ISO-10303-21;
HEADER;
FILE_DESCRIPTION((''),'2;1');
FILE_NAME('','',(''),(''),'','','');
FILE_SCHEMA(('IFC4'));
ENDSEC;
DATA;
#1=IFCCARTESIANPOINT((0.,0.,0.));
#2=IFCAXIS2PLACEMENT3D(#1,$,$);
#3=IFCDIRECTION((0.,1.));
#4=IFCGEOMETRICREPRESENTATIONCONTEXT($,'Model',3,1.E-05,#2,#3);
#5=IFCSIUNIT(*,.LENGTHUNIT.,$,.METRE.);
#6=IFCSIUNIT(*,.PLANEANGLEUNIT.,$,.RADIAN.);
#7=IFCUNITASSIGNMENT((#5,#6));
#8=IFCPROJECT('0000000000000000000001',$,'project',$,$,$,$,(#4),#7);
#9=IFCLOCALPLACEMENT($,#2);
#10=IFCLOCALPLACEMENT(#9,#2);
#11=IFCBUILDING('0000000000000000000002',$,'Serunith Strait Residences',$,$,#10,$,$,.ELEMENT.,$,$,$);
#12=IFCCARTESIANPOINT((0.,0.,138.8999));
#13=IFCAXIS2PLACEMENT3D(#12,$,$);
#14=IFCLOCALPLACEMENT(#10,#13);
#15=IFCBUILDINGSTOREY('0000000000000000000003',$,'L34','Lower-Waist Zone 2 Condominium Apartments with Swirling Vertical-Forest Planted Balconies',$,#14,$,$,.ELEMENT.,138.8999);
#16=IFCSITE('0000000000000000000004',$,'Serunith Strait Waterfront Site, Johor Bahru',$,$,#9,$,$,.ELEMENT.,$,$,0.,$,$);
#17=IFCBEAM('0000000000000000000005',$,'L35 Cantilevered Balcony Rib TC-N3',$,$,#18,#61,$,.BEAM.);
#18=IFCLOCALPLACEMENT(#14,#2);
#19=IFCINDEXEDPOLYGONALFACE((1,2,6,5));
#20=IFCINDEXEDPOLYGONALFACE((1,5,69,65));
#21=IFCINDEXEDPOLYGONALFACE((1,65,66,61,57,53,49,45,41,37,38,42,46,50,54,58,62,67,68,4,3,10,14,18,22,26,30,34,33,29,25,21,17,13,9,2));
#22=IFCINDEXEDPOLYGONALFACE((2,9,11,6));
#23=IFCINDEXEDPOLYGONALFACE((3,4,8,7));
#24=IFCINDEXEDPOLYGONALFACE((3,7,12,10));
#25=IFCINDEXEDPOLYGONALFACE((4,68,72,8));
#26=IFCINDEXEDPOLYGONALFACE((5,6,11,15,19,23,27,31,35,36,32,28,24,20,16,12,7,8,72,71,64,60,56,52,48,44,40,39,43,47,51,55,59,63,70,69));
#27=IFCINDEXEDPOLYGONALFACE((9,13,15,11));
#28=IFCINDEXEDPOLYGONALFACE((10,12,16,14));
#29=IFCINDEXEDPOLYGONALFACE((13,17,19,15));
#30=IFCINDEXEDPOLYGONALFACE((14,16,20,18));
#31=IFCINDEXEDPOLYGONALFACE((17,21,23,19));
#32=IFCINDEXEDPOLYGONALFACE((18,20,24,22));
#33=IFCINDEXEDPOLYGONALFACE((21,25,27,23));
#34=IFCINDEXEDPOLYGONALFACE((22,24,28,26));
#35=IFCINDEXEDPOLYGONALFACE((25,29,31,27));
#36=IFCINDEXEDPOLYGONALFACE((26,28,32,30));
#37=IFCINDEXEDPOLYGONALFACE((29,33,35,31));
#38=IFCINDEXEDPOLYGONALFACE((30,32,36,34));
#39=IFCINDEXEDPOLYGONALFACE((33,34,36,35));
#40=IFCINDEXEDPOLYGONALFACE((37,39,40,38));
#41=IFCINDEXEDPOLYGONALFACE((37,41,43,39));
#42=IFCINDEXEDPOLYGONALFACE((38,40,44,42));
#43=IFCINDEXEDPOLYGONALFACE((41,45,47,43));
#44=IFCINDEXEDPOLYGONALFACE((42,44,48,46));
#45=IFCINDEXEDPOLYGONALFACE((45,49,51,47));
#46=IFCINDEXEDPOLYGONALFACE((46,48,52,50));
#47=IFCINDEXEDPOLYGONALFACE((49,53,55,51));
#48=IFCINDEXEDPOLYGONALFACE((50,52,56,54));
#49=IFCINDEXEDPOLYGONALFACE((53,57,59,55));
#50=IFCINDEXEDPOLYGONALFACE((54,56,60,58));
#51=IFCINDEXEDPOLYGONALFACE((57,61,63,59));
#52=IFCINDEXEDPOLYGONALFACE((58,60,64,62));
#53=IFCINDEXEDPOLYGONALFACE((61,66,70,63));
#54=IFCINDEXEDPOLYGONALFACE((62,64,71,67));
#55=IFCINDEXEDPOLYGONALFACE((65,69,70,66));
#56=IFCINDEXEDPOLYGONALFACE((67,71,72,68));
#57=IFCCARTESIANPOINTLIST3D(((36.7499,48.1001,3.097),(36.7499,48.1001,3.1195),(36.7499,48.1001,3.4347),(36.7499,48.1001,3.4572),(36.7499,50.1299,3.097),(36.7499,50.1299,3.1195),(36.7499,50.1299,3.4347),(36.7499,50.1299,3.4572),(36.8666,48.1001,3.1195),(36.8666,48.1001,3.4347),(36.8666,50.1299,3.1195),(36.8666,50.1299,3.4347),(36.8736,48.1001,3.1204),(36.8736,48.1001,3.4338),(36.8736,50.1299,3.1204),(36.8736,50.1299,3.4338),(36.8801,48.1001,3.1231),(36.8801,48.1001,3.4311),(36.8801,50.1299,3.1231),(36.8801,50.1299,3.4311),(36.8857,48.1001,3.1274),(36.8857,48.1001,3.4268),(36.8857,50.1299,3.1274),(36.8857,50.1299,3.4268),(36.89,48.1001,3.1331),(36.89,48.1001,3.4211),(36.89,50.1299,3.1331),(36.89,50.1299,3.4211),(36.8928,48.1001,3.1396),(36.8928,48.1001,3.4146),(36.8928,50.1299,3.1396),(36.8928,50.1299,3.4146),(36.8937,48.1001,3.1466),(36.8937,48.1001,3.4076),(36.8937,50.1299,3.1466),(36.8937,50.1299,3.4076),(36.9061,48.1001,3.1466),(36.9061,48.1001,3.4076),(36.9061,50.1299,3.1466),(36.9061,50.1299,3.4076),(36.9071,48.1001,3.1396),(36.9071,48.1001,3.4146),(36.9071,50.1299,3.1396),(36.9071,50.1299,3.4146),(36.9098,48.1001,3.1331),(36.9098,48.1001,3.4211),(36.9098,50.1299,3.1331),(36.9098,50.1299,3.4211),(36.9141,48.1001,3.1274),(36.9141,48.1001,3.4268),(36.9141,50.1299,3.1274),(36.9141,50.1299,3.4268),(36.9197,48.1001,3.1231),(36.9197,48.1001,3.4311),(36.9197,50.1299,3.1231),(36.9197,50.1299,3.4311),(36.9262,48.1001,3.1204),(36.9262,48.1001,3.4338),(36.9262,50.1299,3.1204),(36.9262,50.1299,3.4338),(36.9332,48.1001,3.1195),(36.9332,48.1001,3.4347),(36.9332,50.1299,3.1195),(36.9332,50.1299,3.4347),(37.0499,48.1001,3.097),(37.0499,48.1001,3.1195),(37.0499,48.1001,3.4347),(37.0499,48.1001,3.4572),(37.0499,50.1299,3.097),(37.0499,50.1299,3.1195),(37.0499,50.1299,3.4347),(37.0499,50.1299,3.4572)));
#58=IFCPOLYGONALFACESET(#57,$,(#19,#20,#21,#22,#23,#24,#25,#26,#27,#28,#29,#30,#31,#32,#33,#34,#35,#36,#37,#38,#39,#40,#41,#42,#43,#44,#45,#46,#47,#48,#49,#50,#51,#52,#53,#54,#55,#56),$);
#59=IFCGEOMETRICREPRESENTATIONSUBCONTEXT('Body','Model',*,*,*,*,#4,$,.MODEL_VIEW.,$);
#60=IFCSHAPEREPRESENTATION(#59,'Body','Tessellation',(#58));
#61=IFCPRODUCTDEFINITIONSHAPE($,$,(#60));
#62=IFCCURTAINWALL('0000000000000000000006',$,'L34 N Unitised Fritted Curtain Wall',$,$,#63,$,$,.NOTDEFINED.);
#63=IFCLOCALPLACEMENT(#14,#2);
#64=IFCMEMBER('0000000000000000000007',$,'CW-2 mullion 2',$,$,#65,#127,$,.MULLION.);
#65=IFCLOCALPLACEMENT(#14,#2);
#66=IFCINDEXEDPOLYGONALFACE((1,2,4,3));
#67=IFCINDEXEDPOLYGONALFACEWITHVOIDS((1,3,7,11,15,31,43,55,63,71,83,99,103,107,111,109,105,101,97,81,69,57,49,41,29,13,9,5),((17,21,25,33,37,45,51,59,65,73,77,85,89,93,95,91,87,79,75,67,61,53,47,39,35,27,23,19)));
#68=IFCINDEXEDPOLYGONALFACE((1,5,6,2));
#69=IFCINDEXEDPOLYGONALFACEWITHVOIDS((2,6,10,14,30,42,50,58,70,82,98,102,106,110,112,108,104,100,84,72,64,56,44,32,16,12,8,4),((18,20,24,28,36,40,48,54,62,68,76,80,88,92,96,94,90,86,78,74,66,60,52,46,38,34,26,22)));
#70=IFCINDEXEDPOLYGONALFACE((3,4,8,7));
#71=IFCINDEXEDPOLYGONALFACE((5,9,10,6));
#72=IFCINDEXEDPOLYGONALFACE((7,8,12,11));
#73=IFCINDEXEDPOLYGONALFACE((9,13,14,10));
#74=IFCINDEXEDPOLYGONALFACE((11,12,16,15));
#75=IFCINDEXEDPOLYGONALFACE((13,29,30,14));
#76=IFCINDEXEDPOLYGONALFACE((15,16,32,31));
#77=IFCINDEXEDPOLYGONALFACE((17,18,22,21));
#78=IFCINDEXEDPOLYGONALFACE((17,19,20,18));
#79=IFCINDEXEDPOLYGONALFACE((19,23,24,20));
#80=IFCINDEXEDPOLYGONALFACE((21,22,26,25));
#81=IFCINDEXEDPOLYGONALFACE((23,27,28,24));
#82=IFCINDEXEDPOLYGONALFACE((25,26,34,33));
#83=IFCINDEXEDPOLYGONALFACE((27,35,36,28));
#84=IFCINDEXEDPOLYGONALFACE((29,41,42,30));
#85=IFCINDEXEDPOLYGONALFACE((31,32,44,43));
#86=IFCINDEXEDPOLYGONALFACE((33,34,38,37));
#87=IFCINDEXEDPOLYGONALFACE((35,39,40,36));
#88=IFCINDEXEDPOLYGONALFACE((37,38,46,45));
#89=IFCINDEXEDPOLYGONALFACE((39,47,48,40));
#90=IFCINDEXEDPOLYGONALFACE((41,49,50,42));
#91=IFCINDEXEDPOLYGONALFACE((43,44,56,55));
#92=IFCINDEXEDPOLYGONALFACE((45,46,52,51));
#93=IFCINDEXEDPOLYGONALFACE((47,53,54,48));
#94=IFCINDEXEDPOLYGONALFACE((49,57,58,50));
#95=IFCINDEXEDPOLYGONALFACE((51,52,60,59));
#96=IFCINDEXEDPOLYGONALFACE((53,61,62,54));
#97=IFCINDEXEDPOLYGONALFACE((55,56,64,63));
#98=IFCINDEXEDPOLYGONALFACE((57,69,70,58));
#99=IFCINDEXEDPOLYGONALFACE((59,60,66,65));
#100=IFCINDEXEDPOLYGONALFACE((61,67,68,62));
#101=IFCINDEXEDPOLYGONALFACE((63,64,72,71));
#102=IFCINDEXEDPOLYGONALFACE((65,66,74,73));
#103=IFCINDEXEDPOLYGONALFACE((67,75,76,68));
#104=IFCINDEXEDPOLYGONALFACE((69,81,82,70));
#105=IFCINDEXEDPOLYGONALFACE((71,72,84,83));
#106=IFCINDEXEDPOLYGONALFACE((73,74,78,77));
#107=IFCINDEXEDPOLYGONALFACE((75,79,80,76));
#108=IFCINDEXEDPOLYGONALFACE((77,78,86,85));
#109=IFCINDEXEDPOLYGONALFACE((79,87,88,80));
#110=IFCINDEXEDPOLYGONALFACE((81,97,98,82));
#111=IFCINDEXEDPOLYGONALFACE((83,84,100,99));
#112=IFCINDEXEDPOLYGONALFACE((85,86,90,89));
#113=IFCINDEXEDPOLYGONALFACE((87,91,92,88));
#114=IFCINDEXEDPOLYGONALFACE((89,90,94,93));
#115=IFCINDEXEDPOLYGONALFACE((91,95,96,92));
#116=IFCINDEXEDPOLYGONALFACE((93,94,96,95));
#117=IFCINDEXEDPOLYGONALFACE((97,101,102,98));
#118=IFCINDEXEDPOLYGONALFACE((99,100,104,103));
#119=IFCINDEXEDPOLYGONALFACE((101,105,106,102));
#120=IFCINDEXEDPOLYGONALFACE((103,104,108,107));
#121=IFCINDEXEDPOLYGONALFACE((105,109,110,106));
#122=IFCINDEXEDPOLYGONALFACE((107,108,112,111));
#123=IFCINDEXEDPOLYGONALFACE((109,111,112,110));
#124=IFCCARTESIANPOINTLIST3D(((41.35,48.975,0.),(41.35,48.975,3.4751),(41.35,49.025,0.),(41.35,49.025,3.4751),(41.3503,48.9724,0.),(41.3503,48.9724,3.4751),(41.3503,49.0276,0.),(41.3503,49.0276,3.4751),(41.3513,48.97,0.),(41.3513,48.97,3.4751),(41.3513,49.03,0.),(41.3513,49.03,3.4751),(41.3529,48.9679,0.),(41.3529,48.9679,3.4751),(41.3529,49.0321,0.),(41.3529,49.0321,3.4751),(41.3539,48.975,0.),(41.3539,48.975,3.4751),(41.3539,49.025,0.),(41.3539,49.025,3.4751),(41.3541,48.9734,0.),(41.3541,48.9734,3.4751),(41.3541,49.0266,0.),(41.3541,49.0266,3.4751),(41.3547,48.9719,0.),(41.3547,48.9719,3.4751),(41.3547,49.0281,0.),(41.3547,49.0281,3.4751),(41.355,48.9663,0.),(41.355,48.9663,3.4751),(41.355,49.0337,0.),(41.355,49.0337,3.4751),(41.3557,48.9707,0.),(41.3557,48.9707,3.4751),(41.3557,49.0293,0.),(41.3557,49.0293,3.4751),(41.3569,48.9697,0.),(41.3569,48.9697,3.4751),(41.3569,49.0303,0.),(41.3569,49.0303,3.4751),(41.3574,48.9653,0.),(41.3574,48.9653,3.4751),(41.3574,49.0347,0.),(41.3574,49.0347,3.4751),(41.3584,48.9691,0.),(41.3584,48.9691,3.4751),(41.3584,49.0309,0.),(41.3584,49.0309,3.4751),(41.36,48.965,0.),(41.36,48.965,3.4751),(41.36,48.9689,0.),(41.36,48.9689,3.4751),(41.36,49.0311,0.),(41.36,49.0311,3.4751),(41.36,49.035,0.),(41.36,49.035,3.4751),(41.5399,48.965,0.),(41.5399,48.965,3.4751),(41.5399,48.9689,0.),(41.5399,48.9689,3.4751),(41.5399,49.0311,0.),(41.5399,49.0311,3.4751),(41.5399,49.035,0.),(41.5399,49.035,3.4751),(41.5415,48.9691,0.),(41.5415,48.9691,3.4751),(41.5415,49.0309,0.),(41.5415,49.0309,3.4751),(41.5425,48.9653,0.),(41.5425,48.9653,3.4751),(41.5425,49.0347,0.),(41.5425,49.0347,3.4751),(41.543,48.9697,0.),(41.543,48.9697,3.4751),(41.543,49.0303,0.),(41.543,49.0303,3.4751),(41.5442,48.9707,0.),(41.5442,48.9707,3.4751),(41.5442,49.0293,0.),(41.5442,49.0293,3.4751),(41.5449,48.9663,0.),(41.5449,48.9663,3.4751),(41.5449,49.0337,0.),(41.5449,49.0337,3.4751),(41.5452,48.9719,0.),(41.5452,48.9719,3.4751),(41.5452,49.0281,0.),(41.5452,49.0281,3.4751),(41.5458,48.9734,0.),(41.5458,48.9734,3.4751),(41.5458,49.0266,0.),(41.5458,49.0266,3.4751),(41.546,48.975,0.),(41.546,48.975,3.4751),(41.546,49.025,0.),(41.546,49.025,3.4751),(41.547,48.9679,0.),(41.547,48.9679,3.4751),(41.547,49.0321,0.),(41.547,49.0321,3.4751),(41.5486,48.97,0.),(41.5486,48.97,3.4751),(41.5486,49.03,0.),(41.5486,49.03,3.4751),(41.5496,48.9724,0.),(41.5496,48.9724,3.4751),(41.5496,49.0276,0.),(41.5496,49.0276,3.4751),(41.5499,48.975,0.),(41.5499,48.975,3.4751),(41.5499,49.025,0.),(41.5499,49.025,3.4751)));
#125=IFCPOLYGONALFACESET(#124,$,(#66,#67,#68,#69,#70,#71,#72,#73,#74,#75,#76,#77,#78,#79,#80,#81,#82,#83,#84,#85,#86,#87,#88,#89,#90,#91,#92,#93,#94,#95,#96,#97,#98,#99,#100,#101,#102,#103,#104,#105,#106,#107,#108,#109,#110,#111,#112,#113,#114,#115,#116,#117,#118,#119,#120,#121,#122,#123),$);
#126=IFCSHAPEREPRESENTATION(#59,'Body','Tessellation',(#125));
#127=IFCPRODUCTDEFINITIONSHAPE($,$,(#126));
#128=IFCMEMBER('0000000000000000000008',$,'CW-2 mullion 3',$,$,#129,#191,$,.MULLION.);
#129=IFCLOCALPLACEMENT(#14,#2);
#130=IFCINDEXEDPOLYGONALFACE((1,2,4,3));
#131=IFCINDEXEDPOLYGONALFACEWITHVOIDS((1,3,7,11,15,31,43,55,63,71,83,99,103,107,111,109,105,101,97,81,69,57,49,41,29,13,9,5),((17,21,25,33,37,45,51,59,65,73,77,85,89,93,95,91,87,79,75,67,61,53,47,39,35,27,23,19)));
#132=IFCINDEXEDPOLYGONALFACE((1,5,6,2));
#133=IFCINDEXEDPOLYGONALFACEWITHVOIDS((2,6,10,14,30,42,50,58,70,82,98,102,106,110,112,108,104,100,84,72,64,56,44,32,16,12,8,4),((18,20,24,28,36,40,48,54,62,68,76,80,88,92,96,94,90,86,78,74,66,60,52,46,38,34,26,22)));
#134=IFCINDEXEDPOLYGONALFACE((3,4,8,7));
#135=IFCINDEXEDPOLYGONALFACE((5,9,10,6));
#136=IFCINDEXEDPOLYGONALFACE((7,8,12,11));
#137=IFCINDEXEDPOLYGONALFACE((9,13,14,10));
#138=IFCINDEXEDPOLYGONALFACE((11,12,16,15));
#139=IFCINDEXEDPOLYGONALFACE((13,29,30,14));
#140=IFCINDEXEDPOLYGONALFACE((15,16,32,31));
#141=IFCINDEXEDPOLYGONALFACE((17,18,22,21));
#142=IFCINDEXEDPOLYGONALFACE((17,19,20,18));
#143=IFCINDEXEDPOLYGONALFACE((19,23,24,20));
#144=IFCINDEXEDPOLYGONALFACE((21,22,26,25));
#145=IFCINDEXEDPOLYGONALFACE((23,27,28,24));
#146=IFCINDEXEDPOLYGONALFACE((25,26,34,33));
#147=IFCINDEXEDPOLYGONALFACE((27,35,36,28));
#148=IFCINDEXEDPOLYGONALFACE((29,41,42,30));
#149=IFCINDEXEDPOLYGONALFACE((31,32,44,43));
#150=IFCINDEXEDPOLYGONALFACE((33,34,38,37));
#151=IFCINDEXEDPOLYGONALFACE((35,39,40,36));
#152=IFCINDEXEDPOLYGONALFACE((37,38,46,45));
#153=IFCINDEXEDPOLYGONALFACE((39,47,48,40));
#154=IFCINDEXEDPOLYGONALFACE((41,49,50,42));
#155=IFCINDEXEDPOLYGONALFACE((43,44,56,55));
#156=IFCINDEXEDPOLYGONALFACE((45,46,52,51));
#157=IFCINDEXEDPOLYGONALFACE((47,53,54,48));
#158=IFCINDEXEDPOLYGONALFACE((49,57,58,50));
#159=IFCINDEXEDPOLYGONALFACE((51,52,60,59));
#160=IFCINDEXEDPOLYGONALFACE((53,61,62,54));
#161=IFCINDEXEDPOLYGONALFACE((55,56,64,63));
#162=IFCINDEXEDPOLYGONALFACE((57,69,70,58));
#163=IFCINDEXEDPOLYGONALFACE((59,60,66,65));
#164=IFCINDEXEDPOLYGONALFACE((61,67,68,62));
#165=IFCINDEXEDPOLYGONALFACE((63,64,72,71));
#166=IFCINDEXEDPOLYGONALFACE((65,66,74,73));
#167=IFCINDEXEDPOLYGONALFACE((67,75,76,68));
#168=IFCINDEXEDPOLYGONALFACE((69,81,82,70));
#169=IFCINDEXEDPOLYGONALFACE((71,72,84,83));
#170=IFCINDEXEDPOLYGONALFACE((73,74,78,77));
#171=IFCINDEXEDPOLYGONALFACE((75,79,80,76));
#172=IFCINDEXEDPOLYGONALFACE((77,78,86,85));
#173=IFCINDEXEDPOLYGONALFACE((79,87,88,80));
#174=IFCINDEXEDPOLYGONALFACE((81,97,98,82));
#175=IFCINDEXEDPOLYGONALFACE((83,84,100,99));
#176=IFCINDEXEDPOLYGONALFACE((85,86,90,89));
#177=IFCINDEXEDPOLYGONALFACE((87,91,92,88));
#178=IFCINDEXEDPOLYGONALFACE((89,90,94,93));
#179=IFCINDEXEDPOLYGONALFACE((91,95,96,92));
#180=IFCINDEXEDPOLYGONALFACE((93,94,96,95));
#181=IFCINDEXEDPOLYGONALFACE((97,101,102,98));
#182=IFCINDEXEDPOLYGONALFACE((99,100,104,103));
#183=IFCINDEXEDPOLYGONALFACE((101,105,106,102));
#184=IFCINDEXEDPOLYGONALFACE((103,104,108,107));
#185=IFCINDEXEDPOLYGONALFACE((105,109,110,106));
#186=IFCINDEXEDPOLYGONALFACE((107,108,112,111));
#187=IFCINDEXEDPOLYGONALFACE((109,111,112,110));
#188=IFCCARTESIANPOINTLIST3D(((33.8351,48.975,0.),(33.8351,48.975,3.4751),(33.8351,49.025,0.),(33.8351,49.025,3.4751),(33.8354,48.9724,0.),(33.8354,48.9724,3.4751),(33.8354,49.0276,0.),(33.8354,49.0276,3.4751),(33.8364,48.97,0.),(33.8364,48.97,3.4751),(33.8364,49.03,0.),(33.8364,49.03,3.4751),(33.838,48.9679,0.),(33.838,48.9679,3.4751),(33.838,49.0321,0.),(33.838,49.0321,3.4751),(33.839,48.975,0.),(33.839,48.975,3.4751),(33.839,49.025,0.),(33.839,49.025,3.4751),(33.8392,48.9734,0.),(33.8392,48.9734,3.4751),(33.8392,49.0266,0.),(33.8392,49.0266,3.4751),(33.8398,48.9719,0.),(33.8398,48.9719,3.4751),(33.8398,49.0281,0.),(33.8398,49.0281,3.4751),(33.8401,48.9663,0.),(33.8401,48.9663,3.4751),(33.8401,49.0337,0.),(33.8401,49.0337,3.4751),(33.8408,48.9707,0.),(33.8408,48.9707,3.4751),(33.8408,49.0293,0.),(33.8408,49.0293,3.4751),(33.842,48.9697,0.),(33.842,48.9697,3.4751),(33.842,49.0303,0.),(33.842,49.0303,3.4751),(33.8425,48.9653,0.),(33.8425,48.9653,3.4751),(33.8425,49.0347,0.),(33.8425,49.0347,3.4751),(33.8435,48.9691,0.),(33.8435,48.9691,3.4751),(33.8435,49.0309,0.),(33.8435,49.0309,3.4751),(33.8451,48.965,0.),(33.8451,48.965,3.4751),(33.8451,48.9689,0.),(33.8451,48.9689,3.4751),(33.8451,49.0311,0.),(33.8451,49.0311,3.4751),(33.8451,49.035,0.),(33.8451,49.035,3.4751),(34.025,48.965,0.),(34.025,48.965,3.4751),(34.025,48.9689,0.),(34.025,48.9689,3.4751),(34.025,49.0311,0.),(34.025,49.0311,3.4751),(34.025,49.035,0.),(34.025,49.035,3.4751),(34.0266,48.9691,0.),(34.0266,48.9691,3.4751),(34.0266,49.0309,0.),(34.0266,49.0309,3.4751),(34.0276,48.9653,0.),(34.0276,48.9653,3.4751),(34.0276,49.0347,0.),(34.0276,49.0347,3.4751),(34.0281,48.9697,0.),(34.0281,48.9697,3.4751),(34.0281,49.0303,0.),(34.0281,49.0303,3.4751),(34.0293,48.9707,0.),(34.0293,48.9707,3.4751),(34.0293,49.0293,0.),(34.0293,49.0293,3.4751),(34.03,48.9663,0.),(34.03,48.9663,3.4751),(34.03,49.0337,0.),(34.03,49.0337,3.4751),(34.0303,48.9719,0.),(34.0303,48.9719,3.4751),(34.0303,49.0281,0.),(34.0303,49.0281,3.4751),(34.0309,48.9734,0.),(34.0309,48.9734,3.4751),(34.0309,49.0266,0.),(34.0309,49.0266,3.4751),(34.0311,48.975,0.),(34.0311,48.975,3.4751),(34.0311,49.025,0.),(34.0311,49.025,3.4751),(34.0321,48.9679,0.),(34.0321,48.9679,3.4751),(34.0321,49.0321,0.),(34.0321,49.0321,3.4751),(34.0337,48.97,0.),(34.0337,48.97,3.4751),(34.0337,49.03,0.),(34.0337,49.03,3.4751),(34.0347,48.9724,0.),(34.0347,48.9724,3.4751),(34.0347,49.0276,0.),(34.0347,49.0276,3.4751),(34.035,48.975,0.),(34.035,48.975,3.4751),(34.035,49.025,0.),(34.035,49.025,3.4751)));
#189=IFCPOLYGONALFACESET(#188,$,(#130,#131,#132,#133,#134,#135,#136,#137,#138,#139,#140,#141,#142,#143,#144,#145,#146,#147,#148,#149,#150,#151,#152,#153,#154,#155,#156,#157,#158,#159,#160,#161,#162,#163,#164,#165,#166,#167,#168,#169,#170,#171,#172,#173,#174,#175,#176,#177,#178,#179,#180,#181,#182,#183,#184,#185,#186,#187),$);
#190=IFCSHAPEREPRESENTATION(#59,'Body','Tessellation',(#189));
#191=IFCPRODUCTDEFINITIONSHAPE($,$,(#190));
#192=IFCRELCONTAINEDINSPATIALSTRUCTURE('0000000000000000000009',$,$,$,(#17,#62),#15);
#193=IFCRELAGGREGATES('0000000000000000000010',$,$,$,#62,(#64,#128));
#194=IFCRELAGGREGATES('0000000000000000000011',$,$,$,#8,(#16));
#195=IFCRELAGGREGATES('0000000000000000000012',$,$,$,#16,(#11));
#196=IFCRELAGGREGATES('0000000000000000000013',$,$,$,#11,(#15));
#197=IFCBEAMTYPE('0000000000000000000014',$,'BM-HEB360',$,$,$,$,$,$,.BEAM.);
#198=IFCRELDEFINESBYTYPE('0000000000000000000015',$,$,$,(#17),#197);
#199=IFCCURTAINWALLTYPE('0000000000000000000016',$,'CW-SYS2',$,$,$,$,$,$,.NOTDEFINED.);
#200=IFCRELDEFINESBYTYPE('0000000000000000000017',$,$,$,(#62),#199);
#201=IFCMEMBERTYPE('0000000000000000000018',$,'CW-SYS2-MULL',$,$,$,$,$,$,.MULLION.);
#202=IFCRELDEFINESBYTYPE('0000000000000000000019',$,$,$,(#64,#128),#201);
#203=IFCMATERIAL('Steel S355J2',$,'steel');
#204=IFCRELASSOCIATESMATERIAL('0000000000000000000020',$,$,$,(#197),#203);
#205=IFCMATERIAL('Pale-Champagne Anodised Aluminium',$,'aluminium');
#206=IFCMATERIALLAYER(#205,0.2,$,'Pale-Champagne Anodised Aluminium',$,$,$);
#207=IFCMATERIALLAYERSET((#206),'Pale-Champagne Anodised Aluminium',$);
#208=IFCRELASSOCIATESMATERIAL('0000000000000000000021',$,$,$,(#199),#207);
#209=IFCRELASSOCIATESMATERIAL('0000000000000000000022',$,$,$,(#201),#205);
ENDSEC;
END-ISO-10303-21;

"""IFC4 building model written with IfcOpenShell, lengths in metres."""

from ifc_helpers import new_model, si_unit, direction, frame, origin, origin_2d, place, context, subcontext, project, spatial, hollow_rectangle, i_section, extrude, source, transform, mapped, material, layer, layer_set, material_profile, profile_set, type_object, element, aggregate, save


model = new_model("IFC4")

# Units and contexts
model_context = context("Model", 3, precision=1e-05, world=origin(), true_north=direction((0.0, 1.0)))
body_context = subcontext(model_context, "Body", "Model", "MODEL_VIEW")
ifc_project = project(units=[si_unit("LENGTHUNIT", "METRE"), si_unit("PLANEANGLEUNIT", "RADIAN")], contexts=[model_context])

# Site, building, storey
site_placement = place(None, origin())
site = spatial("IfcSite", under=ifc_project, at=site_placement, Name="Serunith Strait Waterfront Site, Johor Bahru", CompositionType="ELEMENT", RefElevation=0.0)
building_placement = place(site_placement, origin())
building = spatial("IfcBuilding", under=site, at=building_placement, Name="Serunith Strait Residences", CompositionType="ELEMENT")
storey_placement = place(building_placement, frame((0.0, 0.0, 138.8999)))
storey = spatial("IfcBuildingStorey", under=building, at=storey_placement, Name="L34", Description="Lower-Waist Zone 2 Condominium Apartments with Swirling Vertical-Forest Planted Balconies", CompositionType="ELEMENT", Elevation=138.8999)

# Beam
ifc_material_1 = material(Name="Steel S355J2", Category="steel")
ifc_material_profile_1 = material_profile(ifc_material_1, i_section(OverallWidth=0.3, OverallDepth=0.3601, WebThickness=0.0125, FlangeThickness=0.0225, FilletRadius=0.0271, at=origin_2d()), Name="HEB 360")
ifc_profile_set_1 = profile_set([ifc_material_profile_1], Name="Steel S355J2")
beam_type_1 = type_object("IfcBeamType", Name="BM-HEB360", PredefinedType="BEAM", material=ifc_profile_set_1)
shared_shape_1 = source(origin(), body_context, "Body", "SweptSolid", [
    extrude(i_section(OverallWidth=0.3, OverallDepth=0.3601, WebThickness=0.0125, FlangeThickness=0.0225, FilletRadius=0.0271, at=origin_2d()), origin(), (0.0, 0.0, 1.0), 2.0298),
])
beam_1_placement = place(storey_placement, frame((36.8999, 48.1001, 3.2771), z_axis=(0.0, 1.0, 0.0), x_axis=(-1.0, 0.0, 0.0)))
element("IfcBeam", 1, at=beam_1_placement, inside=storey, type_object=beam_type_1, Name="L35 Cantilevered Balcony Rib TC-N3", PredefinedType="BEAM", context=body_context, shape_type="MappedRepresentation", body=[
    mapped(shared_shape_1, transform((0.0, 0.0, 0.0), scale=1.0)),
])

# Curtain wall, members
ifc_material_2 = material(Name="Pale-Champagne Anodised Aluminium", Category="aluminium")
ifc_layer_1 = layer(ifc_material_2, 0.2, Name="Pale-Champagne Anodised Aluminium")
ifc_layer_set_1 = layer_set([ifc_layer_1], Name="Pale-Champagne Anodised Aluminium")
curtain_wall_type = type_object("IfcCurtainWallType", Name="CW-SYS2", PredefinedType="NOTDEFINED", material=ifc_layer_set_1)
curtain_wall_1_placement = place(storey_placement, origin())
curtain_wall_1 = element("IfcCurtainWall", 2, at=curtain_wall_1_placement, inside=storey, type_object=curtain_wall_type, Name="L34 N Unitised Fritted Curtain Wall", PredefinedType="NOTDEFINED")
ifc_material_profile_2 = material_profile(ifc_material_2, hollow_rectangle(XDim=0.0701, YDim=0.2, WallThickness=0.0039, InnerFilletRadius=0.0061, OuterFilletRadius=0.01, at=origin_2d()), Name="ALU 200x70x4")
ifc_profile_set_2 = profile_set([ifc_material_profile_2], Name="Pale-Champagne Anodised Aluminium")
member_type_1 = type_object("IfcMemberType", Name="CW-SYS2-MULL", PredefinedType="MULLION", material=ifc_profile_set_2)
shared_shape_2 = source(origin(), body_context, "Body", "SweptSolid", [
    extrude(hollow_rectangle(XDim=0.0701, YDim=0.2, WallThickness=0.0039, InnerFilletRadius=0.0061, OuterFilletRadius=0.01, at=origin_2d()), origin(), (0.0, 0.0, 1.0), 3.4751),
])
member_1_placement = place(storey_placement, frame((41.45, 49.0, 0.0), z_axis=(0.0, 0.0, 1.0), x_axis=(0.0, -1.0, 0.0)))
member_1 = element("IfcMember", 3, at=member_1_placement, type_object=member_type_1, Name="CW-2 mullion 2", PredefinedType="MULLION", context=body_context, shape_type="MappedRepresentation", body=[
    mapped(shared_shape_2, transform((0.0, 0.0, 0.0), scale=1.0)),
])
member_2_placement = place(storey_placement, frame((33.9351, 49.0, 0.0), z_axis=(0.0, 0.0, 1.0), x_axis=(0.0, -1.0, 0.0)))
member_2 = element("IfcMember", 4, at=member_2_placement, type_object=member_type_1, Name="CW-2 mullion 3", PredefinedType="MULLION", context=body_context, shape_type="MappedRepresentation", body=[
    mapped(shared_shape_2, transform((0.0, 0.0, 0.0), scale=1.0)),
])

aggregate(curtain_wall_1, [member_1, member_2])

save(model, "model.ifc")
